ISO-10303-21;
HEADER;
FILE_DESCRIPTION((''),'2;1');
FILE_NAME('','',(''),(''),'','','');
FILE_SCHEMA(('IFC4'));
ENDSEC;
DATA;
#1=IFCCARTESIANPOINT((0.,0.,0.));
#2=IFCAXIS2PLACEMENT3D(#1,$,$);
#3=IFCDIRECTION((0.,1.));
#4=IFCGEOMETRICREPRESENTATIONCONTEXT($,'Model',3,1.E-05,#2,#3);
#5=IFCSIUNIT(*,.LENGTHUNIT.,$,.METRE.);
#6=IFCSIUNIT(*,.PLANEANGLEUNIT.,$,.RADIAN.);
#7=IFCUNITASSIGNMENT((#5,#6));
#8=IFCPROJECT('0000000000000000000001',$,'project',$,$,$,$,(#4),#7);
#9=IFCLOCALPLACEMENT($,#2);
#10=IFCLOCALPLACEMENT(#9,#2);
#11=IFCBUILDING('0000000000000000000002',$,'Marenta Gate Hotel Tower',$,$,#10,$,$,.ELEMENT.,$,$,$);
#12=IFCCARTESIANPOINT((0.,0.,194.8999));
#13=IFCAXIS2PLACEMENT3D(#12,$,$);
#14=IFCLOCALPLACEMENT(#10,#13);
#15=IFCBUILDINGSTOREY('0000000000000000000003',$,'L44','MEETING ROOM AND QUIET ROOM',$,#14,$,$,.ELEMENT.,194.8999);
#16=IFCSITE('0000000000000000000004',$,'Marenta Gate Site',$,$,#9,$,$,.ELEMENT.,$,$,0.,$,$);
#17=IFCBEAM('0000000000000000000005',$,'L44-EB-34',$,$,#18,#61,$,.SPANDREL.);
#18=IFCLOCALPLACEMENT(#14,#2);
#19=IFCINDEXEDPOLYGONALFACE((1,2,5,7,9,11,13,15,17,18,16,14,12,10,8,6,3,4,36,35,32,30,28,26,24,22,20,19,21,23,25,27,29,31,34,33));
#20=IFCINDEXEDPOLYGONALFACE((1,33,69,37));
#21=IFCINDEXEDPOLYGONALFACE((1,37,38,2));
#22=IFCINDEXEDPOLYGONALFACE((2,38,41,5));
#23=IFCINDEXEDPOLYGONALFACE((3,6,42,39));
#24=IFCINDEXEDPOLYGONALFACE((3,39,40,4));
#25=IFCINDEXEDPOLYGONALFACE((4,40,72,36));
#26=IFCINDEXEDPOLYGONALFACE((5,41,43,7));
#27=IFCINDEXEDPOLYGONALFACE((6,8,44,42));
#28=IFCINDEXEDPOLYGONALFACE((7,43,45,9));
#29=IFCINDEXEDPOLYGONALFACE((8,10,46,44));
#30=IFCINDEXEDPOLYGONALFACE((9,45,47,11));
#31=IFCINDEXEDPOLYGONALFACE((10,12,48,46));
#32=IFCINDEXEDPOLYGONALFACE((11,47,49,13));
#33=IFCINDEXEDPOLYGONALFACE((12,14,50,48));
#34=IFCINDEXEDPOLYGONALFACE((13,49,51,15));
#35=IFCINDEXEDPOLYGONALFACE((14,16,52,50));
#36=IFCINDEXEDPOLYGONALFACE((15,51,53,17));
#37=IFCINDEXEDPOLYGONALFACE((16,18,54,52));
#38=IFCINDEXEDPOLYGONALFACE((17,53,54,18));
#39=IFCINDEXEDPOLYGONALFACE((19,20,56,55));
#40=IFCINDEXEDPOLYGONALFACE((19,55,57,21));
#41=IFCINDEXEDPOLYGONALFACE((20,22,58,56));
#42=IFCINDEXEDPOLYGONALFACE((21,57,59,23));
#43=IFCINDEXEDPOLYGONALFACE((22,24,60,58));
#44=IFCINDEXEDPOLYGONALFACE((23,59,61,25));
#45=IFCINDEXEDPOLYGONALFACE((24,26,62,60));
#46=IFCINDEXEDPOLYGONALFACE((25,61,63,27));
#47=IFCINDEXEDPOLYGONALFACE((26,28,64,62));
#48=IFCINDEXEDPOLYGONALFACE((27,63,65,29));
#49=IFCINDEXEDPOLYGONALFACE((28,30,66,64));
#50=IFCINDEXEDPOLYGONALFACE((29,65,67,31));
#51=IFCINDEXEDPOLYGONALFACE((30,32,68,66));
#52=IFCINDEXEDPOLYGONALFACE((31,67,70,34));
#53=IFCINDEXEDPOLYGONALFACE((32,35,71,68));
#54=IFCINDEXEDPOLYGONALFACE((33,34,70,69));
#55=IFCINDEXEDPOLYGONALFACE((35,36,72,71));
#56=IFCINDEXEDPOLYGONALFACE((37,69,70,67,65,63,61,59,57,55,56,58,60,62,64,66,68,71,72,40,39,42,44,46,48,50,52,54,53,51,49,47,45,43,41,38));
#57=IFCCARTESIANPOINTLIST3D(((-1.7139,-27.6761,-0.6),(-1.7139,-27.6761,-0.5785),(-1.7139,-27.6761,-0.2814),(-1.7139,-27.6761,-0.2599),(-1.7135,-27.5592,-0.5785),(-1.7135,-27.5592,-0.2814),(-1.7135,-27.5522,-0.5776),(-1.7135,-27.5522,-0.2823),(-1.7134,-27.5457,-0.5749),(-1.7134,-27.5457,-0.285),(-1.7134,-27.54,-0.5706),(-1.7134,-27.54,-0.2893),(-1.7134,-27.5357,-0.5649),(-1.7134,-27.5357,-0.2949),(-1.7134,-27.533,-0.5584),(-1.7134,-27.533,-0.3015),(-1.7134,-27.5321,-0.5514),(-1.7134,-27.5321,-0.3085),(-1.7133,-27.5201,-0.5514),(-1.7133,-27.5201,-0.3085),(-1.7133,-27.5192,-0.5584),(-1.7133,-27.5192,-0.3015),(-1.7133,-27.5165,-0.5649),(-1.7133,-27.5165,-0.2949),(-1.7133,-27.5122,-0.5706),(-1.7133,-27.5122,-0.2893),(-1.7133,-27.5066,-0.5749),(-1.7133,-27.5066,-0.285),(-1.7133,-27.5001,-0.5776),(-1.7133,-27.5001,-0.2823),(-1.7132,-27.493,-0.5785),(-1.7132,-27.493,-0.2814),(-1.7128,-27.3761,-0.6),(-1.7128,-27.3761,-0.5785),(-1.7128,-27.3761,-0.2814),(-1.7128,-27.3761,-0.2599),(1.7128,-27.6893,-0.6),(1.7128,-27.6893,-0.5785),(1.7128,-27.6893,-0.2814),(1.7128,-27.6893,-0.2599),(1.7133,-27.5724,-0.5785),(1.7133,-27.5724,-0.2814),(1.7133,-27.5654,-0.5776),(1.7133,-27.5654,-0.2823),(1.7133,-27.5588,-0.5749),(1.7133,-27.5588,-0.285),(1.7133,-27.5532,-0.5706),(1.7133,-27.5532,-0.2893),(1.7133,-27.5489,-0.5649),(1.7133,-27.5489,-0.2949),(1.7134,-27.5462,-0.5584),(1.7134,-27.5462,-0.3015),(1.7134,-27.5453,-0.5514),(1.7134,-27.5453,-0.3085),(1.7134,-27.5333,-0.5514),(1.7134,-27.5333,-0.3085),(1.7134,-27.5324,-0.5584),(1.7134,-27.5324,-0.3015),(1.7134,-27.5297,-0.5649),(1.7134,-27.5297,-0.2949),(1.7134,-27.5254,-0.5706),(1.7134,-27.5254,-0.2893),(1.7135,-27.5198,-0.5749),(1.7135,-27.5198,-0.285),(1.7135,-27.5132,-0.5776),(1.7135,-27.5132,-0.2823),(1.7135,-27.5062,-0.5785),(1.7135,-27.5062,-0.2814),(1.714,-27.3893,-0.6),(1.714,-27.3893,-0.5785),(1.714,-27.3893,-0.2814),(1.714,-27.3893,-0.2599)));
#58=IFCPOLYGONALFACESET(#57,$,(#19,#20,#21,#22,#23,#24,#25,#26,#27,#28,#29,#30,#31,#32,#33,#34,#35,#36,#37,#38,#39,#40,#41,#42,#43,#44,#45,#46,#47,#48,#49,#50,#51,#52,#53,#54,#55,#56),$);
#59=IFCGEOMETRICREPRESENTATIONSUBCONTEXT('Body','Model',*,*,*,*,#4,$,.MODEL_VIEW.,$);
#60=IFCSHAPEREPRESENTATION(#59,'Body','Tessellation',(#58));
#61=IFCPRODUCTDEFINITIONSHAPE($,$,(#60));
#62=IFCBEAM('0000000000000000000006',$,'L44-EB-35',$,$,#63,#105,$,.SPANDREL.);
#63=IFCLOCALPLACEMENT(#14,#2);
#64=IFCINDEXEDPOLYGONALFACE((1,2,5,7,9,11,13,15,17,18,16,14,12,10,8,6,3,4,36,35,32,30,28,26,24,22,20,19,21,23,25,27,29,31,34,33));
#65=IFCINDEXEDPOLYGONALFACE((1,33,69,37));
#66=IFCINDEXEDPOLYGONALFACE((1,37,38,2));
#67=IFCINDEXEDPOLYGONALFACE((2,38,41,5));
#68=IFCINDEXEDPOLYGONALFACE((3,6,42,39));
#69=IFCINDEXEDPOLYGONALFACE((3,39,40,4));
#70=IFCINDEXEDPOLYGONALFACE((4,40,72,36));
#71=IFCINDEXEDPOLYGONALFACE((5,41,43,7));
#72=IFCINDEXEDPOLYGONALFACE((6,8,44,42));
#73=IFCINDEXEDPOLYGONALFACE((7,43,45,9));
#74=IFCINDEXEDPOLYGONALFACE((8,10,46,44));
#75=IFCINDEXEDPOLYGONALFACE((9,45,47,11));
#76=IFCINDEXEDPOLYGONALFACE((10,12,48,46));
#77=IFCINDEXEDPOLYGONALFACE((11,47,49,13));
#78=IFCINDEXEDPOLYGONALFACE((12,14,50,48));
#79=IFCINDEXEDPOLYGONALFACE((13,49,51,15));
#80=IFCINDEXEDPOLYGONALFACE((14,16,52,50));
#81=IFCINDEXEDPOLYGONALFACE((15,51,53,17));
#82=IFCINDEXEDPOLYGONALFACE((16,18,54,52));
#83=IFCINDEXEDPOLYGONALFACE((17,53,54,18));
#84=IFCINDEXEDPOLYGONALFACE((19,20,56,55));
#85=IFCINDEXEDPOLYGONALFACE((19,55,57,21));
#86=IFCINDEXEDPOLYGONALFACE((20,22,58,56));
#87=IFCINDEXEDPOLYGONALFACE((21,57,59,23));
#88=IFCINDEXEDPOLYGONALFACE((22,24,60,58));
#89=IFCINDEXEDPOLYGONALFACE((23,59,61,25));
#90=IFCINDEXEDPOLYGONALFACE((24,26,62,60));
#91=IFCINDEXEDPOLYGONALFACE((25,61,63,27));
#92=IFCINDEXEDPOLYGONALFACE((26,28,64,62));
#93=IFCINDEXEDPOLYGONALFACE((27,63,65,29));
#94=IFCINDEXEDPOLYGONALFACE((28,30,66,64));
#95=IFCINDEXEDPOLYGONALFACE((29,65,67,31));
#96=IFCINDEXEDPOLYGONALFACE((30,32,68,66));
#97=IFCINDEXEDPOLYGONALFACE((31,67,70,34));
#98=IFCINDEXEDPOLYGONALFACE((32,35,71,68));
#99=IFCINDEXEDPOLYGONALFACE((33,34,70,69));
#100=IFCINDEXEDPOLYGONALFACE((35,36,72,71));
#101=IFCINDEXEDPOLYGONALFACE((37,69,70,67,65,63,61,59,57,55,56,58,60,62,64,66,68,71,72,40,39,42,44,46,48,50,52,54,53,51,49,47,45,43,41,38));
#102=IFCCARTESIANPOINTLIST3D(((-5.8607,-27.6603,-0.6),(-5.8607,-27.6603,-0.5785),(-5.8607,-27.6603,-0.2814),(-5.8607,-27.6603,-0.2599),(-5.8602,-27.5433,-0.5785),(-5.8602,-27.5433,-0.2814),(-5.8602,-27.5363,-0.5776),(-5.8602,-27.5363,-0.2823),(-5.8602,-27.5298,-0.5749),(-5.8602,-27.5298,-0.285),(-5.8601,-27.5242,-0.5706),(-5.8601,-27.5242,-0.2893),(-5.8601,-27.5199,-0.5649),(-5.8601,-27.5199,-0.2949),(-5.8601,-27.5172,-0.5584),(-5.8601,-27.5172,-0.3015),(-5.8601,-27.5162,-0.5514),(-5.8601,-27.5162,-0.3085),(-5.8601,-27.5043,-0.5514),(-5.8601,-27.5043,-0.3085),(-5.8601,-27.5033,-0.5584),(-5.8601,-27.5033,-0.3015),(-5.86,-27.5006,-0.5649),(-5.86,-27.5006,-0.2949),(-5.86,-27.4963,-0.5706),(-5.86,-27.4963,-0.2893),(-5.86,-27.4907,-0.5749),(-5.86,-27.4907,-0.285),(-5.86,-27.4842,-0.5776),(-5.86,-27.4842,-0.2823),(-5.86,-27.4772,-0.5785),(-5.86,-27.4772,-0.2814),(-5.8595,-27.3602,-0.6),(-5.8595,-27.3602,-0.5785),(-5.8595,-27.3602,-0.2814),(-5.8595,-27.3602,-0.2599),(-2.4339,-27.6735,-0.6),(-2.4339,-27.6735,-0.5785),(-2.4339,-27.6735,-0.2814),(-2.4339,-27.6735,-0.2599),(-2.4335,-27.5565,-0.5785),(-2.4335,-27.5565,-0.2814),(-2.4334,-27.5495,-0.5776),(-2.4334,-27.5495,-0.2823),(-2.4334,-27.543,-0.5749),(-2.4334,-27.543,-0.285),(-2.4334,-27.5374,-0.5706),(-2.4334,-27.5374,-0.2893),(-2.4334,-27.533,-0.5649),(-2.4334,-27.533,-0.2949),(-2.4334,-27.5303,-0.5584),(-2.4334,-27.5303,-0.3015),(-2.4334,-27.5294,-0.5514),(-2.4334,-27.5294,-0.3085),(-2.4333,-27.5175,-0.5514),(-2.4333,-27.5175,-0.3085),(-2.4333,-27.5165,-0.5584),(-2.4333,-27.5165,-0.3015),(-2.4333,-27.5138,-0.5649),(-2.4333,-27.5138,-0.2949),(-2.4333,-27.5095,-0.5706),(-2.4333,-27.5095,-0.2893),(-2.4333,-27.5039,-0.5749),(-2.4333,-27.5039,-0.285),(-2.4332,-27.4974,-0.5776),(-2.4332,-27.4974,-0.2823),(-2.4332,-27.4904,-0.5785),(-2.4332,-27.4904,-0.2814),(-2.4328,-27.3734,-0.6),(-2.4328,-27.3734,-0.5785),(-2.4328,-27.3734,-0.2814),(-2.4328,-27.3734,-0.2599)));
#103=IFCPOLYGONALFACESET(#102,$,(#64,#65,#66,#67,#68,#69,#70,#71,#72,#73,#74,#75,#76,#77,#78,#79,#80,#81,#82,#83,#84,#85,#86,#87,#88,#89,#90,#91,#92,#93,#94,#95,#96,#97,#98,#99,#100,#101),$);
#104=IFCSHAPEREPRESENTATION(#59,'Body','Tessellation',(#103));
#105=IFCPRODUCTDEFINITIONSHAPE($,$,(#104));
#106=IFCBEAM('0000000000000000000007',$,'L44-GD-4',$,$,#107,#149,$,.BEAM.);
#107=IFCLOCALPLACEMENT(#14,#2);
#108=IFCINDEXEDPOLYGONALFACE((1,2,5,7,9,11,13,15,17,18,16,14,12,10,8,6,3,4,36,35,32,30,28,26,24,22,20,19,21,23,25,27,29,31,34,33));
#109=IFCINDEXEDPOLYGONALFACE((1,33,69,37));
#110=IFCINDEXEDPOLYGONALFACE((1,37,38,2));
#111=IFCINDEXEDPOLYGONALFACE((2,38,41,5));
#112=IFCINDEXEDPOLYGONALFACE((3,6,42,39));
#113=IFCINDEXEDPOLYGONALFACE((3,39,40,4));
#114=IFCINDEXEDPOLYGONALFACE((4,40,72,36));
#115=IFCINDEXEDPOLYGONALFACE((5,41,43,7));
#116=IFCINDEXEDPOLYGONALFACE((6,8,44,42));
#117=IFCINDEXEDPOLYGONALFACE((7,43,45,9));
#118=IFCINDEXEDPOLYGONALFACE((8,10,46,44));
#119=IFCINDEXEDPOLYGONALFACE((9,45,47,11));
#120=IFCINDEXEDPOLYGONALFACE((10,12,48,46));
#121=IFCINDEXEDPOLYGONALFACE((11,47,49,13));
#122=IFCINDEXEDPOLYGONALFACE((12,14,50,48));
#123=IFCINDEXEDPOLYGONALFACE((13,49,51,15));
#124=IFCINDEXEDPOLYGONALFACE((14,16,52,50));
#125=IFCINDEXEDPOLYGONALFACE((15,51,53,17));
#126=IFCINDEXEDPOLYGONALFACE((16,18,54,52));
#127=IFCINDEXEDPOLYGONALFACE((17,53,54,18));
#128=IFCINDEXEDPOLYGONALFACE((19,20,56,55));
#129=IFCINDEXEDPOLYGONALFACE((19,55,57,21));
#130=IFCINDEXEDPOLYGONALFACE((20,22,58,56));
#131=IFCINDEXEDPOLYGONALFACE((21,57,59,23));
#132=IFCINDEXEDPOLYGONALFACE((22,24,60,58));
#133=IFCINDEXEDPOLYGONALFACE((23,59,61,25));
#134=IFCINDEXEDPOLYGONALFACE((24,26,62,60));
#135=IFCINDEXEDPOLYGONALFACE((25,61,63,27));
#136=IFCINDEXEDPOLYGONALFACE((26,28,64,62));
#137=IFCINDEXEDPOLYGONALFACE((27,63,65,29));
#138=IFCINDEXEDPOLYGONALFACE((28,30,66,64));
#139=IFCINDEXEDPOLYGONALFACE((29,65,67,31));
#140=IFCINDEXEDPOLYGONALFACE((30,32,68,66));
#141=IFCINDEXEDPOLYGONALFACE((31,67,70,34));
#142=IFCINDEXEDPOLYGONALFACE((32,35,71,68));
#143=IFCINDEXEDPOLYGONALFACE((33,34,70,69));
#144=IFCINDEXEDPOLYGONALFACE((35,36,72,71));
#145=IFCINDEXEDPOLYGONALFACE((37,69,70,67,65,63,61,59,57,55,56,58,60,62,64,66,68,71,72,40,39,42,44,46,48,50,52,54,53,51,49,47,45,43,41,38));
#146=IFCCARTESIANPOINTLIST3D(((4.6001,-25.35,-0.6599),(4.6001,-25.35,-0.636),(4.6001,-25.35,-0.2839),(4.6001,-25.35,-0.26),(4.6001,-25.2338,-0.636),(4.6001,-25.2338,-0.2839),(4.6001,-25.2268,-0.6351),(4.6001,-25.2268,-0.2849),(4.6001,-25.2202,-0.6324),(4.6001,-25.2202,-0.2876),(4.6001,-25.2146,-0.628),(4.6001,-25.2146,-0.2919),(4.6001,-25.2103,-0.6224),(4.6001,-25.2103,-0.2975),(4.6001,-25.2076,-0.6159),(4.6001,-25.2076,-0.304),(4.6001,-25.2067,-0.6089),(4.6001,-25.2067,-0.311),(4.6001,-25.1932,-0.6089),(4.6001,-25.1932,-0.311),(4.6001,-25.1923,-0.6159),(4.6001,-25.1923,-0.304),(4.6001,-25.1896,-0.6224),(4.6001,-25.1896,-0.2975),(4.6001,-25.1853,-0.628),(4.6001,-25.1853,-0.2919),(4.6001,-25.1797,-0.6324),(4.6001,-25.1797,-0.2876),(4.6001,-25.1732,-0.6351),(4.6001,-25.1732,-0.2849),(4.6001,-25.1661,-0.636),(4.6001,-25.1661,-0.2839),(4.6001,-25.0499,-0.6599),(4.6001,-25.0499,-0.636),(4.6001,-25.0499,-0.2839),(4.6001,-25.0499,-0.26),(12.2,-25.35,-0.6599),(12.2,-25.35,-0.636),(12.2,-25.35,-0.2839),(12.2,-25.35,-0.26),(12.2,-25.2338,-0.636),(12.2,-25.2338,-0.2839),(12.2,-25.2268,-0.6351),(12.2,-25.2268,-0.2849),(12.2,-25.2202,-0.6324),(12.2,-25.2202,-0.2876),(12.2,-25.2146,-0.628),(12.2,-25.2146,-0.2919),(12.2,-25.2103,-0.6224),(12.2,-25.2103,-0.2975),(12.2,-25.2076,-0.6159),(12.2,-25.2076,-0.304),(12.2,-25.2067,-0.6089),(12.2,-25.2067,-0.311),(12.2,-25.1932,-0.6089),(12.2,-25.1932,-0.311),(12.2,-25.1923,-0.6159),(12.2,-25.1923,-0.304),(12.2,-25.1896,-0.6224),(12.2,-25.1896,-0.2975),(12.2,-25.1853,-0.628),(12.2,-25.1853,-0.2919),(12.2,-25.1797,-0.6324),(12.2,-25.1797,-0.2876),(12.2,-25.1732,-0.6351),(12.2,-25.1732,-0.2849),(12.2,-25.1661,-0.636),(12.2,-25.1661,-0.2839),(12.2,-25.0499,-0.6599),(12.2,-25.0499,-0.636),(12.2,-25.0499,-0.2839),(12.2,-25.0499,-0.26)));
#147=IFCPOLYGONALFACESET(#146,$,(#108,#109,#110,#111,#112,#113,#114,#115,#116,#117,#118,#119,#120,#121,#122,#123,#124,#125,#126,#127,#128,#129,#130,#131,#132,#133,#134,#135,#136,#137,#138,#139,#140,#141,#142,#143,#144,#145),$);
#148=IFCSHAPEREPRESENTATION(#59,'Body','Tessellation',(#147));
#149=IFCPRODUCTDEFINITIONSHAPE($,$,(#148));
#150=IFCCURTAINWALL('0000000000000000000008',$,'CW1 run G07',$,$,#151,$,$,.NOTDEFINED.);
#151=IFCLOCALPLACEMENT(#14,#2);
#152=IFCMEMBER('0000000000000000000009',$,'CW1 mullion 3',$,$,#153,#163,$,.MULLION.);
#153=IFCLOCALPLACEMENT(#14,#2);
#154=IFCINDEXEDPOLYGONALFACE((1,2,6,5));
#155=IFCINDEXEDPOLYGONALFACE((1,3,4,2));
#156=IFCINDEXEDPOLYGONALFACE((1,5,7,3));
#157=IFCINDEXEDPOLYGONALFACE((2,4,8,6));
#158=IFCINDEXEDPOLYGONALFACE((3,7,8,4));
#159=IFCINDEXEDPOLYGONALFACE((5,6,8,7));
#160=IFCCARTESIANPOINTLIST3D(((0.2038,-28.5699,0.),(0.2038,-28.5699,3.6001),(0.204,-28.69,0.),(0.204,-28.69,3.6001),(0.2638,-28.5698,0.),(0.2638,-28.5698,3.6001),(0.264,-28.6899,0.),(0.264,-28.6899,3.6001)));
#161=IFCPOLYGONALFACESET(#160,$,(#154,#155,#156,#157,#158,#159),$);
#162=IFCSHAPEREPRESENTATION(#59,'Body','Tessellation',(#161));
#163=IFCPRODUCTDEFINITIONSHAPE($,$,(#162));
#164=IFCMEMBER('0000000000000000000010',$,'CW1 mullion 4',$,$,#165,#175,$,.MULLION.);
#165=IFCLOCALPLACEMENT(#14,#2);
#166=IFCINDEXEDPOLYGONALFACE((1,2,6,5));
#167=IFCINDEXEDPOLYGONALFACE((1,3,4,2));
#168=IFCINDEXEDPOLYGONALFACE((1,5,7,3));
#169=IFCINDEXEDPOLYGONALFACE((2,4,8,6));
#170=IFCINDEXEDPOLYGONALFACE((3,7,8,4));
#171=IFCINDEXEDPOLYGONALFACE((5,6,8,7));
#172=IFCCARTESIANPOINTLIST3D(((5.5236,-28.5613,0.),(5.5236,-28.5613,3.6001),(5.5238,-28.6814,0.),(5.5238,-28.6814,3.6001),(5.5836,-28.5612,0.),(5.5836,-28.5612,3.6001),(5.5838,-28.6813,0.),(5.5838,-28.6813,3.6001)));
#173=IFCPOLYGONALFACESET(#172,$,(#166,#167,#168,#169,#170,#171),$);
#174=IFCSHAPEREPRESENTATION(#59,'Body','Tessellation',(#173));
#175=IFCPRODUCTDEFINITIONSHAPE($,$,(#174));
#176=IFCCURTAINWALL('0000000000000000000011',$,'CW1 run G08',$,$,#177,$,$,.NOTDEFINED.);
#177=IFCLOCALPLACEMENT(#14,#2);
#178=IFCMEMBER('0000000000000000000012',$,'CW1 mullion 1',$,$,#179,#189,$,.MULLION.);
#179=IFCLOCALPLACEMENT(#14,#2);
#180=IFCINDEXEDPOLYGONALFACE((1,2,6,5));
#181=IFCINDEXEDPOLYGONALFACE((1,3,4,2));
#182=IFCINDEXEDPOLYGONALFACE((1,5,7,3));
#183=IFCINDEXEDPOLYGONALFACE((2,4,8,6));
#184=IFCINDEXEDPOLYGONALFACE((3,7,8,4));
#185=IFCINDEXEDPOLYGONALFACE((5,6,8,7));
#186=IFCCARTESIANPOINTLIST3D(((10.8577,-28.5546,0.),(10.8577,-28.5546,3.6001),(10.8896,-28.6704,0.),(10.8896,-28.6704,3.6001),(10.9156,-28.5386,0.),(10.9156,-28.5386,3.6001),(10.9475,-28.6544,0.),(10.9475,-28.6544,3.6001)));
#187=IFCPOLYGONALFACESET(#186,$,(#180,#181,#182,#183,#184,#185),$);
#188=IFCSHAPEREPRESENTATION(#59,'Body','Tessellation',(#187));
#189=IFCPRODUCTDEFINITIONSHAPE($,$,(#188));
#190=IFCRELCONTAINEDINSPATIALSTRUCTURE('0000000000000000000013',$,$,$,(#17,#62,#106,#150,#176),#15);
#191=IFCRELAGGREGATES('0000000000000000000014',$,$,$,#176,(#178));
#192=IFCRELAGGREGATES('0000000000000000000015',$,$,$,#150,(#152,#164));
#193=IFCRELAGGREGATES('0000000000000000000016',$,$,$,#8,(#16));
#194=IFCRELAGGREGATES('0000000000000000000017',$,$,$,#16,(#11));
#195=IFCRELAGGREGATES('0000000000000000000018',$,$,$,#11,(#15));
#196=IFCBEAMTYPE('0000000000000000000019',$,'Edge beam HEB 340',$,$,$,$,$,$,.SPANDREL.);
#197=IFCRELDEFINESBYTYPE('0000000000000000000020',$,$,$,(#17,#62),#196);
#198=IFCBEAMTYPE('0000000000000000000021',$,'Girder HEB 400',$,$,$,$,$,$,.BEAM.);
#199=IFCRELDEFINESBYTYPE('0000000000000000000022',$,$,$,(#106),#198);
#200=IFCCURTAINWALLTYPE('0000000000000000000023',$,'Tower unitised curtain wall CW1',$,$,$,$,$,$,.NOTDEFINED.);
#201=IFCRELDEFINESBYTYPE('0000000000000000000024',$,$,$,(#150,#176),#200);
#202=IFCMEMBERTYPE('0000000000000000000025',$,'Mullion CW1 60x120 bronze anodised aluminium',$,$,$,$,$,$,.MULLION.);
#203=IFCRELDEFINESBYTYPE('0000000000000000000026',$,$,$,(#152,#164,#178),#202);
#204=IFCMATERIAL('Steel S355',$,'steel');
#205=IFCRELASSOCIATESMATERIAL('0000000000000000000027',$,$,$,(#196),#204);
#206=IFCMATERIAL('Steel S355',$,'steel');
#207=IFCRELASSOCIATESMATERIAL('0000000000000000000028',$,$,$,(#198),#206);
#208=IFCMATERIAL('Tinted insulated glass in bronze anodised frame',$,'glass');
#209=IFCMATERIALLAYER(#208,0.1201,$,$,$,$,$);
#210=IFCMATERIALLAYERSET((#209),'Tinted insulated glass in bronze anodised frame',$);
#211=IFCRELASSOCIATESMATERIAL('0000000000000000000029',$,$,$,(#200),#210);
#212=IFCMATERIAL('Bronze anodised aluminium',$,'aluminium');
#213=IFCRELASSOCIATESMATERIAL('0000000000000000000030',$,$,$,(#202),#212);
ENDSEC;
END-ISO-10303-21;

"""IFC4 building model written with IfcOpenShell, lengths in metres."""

from ifc_helpers import new_model, si_unit, direction, frame, origin, origin_2d, place, context, subcontext, project, spatial, rectangle, i_section, extrude, material, layer, layer_set, material_profile, profile_set, type_object, element, aggregate, save


model = new_model("IFC4")

# Units and contexts
model_context = context("Model", 3, precision=1e-05, world=origin(), true_north=direction((0.0, 1.0)))
body_context = subcontext(model_context, "Body", "Model", "MODEL_VIEW")
ifc_project = project(units=[si_unit("LENGTHUNIT", "METRE"), si_unit("PLANEANGLEUNIT", "RADIAN")], contexts=[model_context])

# Site, building, storey
site_placement = place(None, origin())
site = spatial("IfcSite", under=ifc_project, at=site_placement, Name="Marenta Gate Site", CompositionType="ELEMENT", RefElevation=0.0)
building_placement = place(site_placement, origin())
building = spatial("IfcBuilding", under=site, at=building_placement, Name="Marenta Gate Hotel Tower", CompositionType="ELEMENT")
storey_placement = place(building_placement, frame((0.0, 0.0, 194.8999)))
storey = spatial("IfcBuildingStorey", under=building, at=storey_placement, Name="L44", Description="MEETING ROOM AND QUIET ROOM", CompositionType="ELEMENT", Elevation=194.8999)

# Beams
ifc_material_1 = material(Name="Steel S355", Category="steel")
ifc_material_profile_1 = material_profile(ifc_material_1, i_section(OverallWidth=0.3, OverallDepth=0.3401, WebThickness=0.012, FlangeThickness=0.0215, FilletRadius=0.0271, at=origin_2d()), Name="HEB 340")
ifc_profile_set_1 = profile_set([ifc_material_profile_1], Name="Steel S355")
beam_type_1 = type_object("IfcBeamType", Name="Edge beam HEB 340", PredefinedType="SPANDREL", material=ifc_profile_set_1)
for number, where, z_axis, x_axis, name in (
    (1, (1.7134, -27.5393, -0.4299), (-0.999993, 0.003847, 0.0), (-0.003847, -0.999993, 0.0), "L44-EB-34"),
    (2, (-2.4333, -27.5234, -0.4299), (-0.999993, 0.003847, 0.0), (-0.003847, -0.999993, 0.0), "L44-EB-35"),
):
    element("IfcBeam", number, at=place(storey_placement, frame(where, z_axis=z_axis, x_axis=x_axis)), inside=storey, type_object=beam_type_1, Name=name, PredefinedType="SPANDREL", context=body_context, shape_type="SweptSolid", body=[
        extrude(i_section(OverallWidth=0.3, OverallDepth=0.3401, WebThickness=0.012, FlangeThickness=0.0215, FilletRadius=0.0271, at=origin_2d()), origin(), (0.0, 0.0, 1.0), 3.4268),
    ])
ifc_material_2 = material(Name="Steel S355", Category="steel")
ifc_material_profile_2 = material_profile(ifc_material_2, i_section(OverallWidth=0.3, OverallDepth=0.3999, WebThickness=0.0134, FlangeThickness=0.0239, FilletRadius=0.0271, at=origin_2d()), Name="HEB 400")
ifc_profile_set_2 = profile_set([ifc_material_profile_2], Name="Steel S355")
beam_type_2 = type_object("IfcBeamType", Name="Girder HEB 400", PredefinedType="BEAM", material=ifc_profile_set_2)
beam_1_placement = place(storey_placement, frame((4.6001, -25.2, -0.46), z_axis=(1.0, 0.0, 0.0), x_axis=(0.0, 1.0, 0.0)))
element("IfcBeam", 3, at=beam_1_placement, inside=storey, type_object=beam_type_2, Name="L44-GD-4", PredefinedType="BEAM", context=body_context, shape_type="SweptSolid", body=[
    extrude(i_section(OverallWidth=0.3, OverallDepth=0.3999, WebThickness=0.0134, FlangeThickness=0.0239, FilletRadius=0.0271, at=origin_2d()), origin(), (0.0, 0.0, 1.0), 7.5999),
])

# Curtain wall, members
ifc_material_3 = material(Name="Tinted insulated glass in bronze anodised frame", Category="glass")
ifc_layer_1 = layer(ifc_material_3, 0.1201)
ifc_layer_set_1 = layer_set([ifc_layer_1], Name="Tinted insulated glass in bronze anodised frame")
curtain_wall_type = type_object("IfcCurtainWallType", Name="Tower unitised curtain wall CW1", PredefinedType="NOTDEFINED", material=ifc_layer_set_1)
curtain_wall_1_placement = place(storey_placement, origin())
curtain_wall_1 = element("IfcCurtainWall", 4, at=curtain_wall_1_placement, inside=storey, type_object=curtain_wall_type, Name="CW1 run G07", PredefinedType="NOTDEFINED")
ifc_material_4 = material(Name="Bronze anodised aluminium", Category="aluminium")
ifc_material_profile_3 = material_profile(ifc_material_4, rectangle(XDim=0.1201, YDim=0.0601, at=origin_2d()), Name="Mullion CW1 60x120 bronze anodised aluminium")
ifc_profile_set_3 = profile_set([ifc_material_profile_3], Name="Bronze anodised aluminium")
member_type_1 = type_object("IfcMemberType", Name="Mullion CW1 60x120 bronze anodised aluminium", PredefinedType="MULLION", material=ifc_profile_set_3)
member_1_placement = place(storey_placement, frame((0.2339, -28.6299, 0.0), z_axis=(0.0, 0.0, 1.0), x_axis=(-0.001645, 0.999999, 0.0)))
member_1 = element("IfcMember", 5, at=member_1_placement, type_object=member_type_1, Name="CW1 mullion 3", PredefinedType="MULLION", context=body_context, shape_type="SweptSolid", body=[
    extrude(rectangle(XDim=0.1201, YDim=0.0601, at=origin_2d()), origin(), (0.0, 0.0, 1.0), 3.6001),
])
member_2_placement = place(storey_placement, frame((5.5537, -28.6213, 0.0), z_axis=(0.0, 0.0, 1.0), x_axis=(-0.001645, 0.999999, 0.0)))
member_2 = element("IfcMember", 6, at=member_2_placement, type_object=member_type_1, Name="CW1 mullion 4", PredefinedType="MULLION", context=body_context, shape_type="SweptSolid", body=[
    extrude(rectangle(XDim=0.1201, YDim=0.0601, at=origin_2d()), origin(), (0.0, 0.0, 1.0), 3.6001),
])

# Curtain wall, member
curtain_wall_2_placement = place(storey_placement, origin())
curtain_wall_2 = element("IfcCurtainWall", 7, at=curtain_wall_2_placement, inside=storey, type_object=curtain_wall_type, Name="CW1 run G08", PredefinedType="NOTDEFINED")
member_3_placement = place(storey_placement, frame((10.9026, -28.6045, 0.0), z_axis=(0.0, 0.0, 1.0), x_axis=(-0.265293, 0.964168, 0.0)))
member_3 = element("IfcMember", 8, at=member_3_placement, type_object=member_type_1, Name="CW1 mullion 1", PredefinedType="MULLION", context=body_context, shape_type="SweptSolid", body=[
    extrude(rectangle(XDim=0.1201, YDim=0.0601, at=origin_2d()), origin(), (0.0, 0.0, 1.0), 3.6001),
])

aggregate(curtain_wall_2, [member_3])

aggregate(curtain_wall_1, [member_1, member_2])

save(model, "model.ifc")
